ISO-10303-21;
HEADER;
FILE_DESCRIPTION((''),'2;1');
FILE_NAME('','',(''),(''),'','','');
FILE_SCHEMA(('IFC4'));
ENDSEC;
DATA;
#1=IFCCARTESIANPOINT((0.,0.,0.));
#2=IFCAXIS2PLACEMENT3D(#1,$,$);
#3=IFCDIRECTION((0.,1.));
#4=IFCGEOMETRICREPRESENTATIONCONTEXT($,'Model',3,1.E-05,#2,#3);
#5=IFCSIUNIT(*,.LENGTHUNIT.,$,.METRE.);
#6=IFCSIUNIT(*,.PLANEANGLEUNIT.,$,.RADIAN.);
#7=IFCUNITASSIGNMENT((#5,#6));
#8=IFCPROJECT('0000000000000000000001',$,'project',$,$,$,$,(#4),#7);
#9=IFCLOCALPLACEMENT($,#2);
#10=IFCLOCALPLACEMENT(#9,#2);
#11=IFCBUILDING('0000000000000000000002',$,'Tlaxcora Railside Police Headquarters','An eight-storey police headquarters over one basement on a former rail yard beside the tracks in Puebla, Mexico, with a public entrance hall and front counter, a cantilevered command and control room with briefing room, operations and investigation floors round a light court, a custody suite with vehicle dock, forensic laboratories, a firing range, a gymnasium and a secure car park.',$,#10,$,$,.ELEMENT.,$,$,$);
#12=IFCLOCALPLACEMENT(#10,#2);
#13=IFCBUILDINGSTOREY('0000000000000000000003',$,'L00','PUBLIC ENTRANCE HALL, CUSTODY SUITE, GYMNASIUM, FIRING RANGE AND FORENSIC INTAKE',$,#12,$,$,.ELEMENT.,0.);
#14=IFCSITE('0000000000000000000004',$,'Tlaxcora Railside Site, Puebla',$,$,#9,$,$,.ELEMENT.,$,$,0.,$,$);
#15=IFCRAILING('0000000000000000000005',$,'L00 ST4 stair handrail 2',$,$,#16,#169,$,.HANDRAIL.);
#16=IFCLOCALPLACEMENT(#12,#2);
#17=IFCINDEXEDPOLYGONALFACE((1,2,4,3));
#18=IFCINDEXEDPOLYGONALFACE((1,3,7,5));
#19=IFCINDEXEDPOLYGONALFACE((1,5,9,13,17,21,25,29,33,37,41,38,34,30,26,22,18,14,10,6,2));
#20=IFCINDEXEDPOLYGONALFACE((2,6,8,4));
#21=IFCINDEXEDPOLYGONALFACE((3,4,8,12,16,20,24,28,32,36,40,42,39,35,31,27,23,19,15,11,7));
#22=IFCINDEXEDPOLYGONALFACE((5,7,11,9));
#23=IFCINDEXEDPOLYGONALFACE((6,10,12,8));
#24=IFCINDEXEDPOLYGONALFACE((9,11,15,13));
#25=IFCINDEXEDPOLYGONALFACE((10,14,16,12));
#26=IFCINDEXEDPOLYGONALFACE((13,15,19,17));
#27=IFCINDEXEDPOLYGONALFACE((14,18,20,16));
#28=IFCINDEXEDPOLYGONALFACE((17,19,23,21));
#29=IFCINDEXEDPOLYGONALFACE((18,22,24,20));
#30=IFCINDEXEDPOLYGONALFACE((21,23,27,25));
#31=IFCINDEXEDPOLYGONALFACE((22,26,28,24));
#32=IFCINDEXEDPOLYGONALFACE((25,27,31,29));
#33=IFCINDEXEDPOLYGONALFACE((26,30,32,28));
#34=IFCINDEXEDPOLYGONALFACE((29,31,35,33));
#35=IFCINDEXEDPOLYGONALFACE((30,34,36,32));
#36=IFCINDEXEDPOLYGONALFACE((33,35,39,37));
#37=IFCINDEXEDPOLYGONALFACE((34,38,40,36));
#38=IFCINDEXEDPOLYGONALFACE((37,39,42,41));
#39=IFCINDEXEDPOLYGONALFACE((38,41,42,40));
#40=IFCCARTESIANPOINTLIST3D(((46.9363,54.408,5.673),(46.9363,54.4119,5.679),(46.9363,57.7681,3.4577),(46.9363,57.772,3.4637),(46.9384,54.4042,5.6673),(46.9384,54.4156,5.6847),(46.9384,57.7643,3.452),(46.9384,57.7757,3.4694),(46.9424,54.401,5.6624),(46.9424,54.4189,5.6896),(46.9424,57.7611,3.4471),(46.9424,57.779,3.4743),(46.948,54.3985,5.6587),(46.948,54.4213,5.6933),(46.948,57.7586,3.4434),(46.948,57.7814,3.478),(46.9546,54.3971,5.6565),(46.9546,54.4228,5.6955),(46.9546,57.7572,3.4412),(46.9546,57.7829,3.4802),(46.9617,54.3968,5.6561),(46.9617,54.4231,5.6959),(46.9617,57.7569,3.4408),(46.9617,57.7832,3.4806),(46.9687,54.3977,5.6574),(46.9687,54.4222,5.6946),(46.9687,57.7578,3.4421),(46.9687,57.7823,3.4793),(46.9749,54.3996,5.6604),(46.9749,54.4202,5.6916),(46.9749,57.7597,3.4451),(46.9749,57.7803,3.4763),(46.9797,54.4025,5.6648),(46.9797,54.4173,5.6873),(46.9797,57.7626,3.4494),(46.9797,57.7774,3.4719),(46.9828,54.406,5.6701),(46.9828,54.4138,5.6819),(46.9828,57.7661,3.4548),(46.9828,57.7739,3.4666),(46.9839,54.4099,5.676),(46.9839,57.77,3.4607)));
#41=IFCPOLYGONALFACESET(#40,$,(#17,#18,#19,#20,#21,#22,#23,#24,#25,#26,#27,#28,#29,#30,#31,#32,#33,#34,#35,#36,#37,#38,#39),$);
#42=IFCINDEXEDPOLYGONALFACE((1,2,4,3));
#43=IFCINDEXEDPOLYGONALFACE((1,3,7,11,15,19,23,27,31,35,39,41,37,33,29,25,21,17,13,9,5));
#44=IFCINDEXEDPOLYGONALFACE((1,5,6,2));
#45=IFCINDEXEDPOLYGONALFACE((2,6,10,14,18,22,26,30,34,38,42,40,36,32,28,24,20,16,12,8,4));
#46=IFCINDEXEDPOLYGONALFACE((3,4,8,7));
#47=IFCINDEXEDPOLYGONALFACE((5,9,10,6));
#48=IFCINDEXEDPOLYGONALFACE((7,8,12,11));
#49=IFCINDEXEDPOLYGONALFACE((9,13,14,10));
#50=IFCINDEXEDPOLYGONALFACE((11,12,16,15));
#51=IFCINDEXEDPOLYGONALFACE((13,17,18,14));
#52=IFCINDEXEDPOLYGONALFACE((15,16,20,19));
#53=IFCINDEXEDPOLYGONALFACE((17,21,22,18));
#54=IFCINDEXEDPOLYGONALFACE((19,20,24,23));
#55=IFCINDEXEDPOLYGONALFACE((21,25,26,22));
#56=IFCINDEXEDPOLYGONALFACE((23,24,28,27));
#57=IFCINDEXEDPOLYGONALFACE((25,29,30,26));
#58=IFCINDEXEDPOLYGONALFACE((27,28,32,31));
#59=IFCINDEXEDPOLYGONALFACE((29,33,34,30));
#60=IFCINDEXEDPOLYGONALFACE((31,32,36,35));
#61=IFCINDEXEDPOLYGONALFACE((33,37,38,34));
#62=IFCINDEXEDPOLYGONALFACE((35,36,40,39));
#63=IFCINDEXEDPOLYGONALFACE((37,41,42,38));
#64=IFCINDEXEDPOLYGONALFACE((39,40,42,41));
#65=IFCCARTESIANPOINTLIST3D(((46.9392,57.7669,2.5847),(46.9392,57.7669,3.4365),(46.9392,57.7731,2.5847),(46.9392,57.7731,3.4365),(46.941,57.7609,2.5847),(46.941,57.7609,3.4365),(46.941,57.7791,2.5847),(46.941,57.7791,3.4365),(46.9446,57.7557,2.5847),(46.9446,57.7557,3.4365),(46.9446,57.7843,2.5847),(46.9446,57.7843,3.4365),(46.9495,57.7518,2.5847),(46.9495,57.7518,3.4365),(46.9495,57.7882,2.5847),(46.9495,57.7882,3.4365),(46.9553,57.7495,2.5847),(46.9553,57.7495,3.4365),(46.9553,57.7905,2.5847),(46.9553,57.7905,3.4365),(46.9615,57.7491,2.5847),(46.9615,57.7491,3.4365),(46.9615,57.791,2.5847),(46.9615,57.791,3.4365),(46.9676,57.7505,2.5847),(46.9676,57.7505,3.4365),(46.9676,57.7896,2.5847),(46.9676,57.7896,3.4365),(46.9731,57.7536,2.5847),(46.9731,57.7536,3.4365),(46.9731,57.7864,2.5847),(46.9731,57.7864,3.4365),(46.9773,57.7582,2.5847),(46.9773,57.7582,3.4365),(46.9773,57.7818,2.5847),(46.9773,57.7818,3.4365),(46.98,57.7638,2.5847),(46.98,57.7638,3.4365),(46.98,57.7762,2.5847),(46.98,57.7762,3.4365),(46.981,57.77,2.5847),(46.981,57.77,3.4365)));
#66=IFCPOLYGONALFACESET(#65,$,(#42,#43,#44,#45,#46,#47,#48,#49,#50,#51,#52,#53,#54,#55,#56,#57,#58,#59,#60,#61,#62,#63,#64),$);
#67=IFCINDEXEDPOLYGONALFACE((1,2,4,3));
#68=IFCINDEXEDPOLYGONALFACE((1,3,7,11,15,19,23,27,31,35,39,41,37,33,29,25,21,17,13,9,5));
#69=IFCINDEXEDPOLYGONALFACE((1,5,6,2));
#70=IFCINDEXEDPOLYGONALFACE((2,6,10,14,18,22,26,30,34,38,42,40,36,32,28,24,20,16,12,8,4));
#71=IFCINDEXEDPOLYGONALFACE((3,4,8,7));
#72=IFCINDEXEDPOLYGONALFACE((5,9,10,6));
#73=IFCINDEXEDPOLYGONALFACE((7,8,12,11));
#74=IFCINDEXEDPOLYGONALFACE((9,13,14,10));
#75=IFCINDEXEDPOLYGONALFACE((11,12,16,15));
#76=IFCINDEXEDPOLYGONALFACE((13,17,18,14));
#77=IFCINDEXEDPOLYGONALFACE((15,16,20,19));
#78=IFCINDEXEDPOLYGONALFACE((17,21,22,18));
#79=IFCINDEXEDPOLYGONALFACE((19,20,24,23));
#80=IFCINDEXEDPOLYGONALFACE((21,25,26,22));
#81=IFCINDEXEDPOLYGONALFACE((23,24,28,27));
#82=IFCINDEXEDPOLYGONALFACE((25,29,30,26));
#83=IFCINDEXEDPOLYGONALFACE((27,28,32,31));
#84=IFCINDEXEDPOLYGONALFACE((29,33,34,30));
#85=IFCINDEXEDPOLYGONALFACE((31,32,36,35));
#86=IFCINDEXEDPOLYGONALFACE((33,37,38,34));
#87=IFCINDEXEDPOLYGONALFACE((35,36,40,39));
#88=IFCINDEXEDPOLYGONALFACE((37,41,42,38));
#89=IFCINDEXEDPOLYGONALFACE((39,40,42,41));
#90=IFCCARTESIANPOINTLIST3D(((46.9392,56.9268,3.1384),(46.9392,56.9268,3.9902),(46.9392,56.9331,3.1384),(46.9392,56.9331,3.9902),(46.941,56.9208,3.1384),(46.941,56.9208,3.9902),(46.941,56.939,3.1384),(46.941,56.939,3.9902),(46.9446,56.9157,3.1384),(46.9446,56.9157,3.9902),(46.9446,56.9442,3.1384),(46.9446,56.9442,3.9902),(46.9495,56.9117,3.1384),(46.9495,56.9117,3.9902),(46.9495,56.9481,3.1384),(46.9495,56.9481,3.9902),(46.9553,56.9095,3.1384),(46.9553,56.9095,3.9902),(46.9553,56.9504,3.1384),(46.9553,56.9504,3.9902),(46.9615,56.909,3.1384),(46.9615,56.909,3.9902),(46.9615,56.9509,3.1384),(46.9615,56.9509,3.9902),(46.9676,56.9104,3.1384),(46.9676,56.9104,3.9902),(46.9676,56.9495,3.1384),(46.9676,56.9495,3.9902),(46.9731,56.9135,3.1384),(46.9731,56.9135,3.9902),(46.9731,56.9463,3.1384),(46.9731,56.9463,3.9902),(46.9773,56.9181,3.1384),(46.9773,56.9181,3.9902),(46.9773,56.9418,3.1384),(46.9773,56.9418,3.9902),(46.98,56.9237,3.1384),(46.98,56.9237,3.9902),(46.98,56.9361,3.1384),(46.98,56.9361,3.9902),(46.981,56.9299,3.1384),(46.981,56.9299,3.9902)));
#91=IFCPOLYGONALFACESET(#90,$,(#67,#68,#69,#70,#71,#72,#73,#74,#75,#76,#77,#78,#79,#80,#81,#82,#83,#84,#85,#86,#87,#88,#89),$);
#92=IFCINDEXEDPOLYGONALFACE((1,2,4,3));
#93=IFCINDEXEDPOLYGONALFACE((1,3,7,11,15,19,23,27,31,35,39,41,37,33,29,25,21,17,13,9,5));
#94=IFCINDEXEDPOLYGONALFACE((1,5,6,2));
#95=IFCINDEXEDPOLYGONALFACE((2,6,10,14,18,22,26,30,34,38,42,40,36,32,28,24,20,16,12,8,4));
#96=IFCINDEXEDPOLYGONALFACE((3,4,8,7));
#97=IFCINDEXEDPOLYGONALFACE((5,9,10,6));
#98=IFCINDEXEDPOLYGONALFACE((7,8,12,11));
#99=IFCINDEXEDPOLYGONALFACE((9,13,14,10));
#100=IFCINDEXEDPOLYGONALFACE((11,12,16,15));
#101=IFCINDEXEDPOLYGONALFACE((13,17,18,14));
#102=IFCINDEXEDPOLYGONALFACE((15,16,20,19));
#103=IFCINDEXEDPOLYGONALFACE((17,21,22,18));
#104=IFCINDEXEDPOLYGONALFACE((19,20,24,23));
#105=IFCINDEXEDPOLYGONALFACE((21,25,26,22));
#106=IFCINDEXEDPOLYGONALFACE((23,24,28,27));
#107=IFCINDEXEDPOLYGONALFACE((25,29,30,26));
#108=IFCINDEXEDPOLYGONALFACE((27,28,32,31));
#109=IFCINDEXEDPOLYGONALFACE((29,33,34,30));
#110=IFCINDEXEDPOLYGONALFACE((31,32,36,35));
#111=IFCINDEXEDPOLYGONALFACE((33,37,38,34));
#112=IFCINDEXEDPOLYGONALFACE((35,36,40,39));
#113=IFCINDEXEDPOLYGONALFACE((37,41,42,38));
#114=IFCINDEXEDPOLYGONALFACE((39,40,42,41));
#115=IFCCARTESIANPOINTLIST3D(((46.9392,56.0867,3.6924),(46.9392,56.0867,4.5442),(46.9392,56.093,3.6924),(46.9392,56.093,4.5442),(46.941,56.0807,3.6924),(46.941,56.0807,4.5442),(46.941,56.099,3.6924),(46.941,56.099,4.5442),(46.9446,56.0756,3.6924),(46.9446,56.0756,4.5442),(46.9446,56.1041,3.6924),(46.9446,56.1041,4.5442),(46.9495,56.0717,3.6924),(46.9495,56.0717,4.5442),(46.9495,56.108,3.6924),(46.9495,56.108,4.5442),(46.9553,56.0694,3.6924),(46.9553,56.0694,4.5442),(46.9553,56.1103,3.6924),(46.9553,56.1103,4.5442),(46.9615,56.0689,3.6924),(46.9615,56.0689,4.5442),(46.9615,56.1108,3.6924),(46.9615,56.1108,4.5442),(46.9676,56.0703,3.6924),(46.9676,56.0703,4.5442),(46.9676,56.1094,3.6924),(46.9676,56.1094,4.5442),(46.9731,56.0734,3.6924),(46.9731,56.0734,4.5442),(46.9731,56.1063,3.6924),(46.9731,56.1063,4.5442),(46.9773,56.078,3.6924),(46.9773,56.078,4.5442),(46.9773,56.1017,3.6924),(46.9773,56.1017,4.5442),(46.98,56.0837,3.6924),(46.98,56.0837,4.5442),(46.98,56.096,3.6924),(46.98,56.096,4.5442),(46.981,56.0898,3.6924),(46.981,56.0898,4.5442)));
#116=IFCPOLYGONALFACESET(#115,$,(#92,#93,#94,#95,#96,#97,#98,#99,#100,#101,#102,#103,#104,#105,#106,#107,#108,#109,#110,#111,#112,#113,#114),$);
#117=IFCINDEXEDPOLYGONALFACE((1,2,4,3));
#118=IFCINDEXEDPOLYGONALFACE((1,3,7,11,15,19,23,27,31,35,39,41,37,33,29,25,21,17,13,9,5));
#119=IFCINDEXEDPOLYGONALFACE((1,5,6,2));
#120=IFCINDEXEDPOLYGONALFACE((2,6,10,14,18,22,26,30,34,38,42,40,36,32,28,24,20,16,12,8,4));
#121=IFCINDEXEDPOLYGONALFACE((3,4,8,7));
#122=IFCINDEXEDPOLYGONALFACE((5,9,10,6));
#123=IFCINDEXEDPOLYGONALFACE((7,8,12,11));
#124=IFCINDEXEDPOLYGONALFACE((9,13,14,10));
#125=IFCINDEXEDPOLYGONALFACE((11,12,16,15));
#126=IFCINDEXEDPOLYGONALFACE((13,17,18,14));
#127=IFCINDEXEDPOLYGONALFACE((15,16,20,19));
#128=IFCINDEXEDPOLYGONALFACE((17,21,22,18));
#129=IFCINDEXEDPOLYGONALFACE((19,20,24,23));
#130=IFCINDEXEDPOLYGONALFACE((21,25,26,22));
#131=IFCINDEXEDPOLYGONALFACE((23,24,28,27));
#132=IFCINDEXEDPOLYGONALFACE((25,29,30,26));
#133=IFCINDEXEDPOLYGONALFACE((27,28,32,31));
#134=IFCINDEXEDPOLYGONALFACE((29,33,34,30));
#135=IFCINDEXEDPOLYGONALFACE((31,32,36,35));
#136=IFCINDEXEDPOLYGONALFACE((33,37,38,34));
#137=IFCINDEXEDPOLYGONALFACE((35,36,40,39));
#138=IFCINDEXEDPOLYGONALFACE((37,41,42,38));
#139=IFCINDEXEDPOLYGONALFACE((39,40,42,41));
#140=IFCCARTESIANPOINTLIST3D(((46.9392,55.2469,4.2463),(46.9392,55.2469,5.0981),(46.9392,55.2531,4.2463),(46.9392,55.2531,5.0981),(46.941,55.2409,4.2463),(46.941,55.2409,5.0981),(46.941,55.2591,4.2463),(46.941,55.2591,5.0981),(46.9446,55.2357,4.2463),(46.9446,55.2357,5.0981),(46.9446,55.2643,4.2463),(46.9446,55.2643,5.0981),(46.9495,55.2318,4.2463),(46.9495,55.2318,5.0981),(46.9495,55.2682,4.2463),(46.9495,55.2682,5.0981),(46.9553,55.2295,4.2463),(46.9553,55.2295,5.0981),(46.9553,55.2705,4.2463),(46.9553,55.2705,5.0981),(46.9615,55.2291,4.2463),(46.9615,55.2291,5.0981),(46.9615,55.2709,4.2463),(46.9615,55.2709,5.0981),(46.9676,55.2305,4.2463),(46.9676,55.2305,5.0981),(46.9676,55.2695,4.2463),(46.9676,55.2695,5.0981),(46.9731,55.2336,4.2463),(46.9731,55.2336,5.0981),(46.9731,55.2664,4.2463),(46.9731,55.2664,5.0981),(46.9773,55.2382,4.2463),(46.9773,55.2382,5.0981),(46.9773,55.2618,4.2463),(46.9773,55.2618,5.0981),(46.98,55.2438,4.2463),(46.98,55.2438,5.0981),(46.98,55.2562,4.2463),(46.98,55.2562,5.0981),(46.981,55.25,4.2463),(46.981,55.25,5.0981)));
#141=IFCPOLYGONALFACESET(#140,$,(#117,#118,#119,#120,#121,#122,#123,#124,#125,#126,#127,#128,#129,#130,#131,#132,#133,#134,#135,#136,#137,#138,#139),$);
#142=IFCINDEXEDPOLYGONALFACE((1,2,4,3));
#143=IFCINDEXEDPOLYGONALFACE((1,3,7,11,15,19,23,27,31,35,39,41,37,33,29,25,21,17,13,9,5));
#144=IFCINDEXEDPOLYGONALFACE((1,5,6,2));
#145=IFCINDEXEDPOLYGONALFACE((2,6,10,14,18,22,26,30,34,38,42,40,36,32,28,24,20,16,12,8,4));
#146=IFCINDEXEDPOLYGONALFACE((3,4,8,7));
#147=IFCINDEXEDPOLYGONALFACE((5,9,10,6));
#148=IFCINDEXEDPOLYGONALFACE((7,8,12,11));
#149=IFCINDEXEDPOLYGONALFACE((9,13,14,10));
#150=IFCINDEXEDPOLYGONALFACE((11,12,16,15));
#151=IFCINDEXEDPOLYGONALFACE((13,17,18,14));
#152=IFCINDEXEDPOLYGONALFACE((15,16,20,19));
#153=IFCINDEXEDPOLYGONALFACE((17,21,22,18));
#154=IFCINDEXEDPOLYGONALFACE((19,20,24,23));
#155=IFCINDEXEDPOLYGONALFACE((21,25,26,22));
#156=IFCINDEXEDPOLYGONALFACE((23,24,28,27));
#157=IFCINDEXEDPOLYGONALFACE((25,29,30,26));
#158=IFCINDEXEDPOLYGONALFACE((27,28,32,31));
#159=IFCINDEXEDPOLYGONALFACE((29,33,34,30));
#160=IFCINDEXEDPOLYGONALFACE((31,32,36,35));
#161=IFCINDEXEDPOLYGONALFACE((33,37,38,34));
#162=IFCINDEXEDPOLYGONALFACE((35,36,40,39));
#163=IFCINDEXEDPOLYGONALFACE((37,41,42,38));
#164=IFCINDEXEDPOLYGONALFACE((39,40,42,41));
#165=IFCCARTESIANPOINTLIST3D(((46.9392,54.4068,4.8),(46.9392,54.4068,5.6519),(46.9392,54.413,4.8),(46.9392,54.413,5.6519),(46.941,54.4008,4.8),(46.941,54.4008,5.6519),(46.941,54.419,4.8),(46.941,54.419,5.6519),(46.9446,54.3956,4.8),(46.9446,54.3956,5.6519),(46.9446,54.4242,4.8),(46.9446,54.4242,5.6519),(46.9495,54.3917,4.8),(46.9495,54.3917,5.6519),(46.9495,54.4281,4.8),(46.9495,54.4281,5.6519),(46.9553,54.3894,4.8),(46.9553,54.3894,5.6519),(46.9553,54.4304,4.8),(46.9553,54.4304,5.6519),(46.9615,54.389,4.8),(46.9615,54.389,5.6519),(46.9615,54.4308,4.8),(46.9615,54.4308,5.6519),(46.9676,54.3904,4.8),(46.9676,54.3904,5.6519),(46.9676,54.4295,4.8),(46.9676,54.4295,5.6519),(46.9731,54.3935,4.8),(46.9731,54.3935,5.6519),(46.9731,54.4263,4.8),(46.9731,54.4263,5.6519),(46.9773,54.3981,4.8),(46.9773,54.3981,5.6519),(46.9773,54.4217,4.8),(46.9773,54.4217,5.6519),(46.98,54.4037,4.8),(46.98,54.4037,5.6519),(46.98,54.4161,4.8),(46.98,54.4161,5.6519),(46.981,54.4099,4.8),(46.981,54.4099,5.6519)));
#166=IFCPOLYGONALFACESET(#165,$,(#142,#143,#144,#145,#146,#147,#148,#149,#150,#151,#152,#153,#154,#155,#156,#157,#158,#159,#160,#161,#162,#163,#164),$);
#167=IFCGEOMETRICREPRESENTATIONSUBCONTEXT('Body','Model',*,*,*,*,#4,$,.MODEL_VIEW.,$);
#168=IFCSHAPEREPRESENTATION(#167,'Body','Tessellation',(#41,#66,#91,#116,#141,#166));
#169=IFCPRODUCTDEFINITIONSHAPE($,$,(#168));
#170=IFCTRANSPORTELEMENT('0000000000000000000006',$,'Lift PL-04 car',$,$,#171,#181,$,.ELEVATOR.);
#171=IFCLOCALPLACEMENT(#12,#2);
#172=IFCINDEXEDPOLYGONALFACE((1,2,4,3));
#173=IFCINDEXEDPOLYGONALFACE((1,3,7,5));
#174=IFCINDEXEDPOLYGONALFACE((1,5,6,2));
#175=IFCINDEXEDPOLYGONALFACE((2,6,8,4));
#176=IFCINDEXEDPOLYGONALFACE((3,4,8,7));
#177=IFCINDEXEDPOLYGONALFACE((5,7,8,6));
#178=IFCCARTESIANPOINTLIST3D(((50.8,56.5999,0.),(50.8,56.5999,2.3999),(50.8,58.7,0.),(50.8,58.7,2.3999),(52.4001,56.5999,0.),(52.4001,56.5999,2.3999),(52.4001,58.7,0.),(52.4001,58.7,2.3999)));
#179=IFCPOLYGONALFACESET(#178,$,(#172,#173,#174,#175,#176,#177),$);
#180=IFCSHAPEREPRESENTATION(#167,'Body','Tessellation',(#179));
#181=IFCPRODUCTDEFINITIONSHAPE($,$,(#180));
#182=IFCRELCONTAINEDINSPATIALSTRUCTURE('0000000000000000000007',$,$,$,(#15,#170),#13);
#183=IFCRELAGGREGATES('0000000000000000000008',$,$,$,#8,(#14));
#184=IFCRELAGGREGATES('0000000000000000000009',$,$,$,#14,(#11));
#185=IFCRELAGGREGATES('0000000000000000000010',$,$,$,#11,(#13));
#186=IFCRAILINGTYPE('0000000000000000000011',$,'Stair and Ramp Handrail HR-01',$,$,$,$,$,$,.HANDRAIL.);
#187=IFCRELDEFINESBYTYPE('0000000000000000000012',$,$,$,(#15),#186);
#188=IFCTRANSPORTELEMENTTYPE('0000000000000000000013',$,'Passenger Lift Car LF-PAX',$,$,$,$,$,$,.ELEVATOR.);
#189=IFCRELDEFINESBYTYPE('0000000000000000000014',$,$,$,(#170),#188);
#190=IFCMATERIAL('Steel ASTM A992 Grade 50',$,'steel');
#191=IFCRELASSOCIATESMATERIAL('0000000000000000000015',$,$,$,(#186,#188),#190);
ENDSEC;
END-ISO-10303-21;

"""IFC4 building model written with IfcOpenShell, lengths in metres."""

from ifc_helpers import new_model, si_unit, direction, frame, origin, origin_2d, place, context, subcontext, project, spatial, rectangle, circle, extrude, material, type_object, element, save


model = new_model("IFC4")

# Units and contexts
model_context = context("Model", 3, precision=1e-05, world=origin(), true_north=direction((0.0, 1.0)))
body_context = subcontext(model_context, "Body", "Model", "MODEL_VIEW")
ifc_project = project(units=[si_unit("LENGTHUNIT", "METRE"), si_unit("PLANEANGLEUNIT", "RADIAN")], contexts=[model_context])

# Site, building, storey
site_placement = place(None, origin())
site = spatial("IfcSite", under=ifc_project, at=site_placement, Name="Tlaxcora Railside Site, Puebla", CompositionType="ELEMENT", RefElevation=0.0)
building_placement = place(site_placement, origin())
building = spatial("IfcBuilding", under=site, at=building_placement, Name="Tlaxcora Railside Police Headquarters", Description="An eight-storey police headquarters over one basement on a former rail yard beside the tracks in Puebla, Mexico, with a public entrance hall and front counter, a cantilevered command and control room with briefing room, operations and investigation floors round a light court, a custody suite with vehicle dock, forensic laboratories, a firing range, a gymnasium and a secure car park.", CompositionType="ELEMENT")
storey_placement = place(building_placement, origin())
storey = spatial("IfcBuildingStorey", under=building, at=storey_placement, Name="L00", Description="PUBLIC ENTRANCE HALL, CUSTODY SUITE, GYMNASIUM, FIRING RANGE AND FORENSIC INTAKE", CompositionType="ELEMENT", Elevation=0.0)

# Shared definitions
ifc_material_1 = material(Name="Steel ASTM A992 Grade 50", Category="steel")

# Railing
railing_type_1 = type_object("IfcRailingType", Name="Stair and Ramp Handrail HR-01", PredefinedType="HANDRAIL", material=ifc_material_1)
railing_1_placement = place(storey_placement, frame((46.96, 57.77, 2.5847)))
element("IfcRailing", 1, at=railing_1_placement, inside=storey, type_object=railing_type_1, Name="L00 ST4 stair handrail 2", PredefinedType="HANDRAIL", context=body_context, shape_type="SweptSolid", body=[
    extrude(circle(Radius=0.0239, at=origin_2d()), frame((0.0, 0.0, 0.876), z_axis=(0.0, -0.834876, 0.550437), x_axis=(1.0, 0.0, 0.0)), (0.0, 0.0, 1.0), 4.0247),
    extrude(circle(Radius=0.021, at=origin_2d()), origin(), (0.0, 0.0, 1.0), 0.8518),
    extrude(circle(Radius=0.021, at=origin_2d()), frame((0.0, -0.8401, 0.5537)), (0.0, 0.0, 1.0), 0.8518),
    extrude(circle(Radius=0.021, at=origin_2d()), frame((0.0, -1.6802, 1.1077)), (0.0, 0.0, 1.0), 0.8518),
    extrude(circle(Radius=0.021, at=origin_2d()), frame((0.0, -2.52, 1.6616)), (0.0, 0.0, 1.0), 0.8518),
    extrude(circle(Radius=0.021, at=origin_2d()), frame((0.0, -3.3601, 2.2153)), (0.0, 0.0, 1.0), 0.8518),
])

# Transport element
transport_element_type = type_object("IfcTransportElementType", Name="Passenger Lift Car LF-PAX", PredefinedType="ELEVATOR", material=ifc_material_1)
transport_element_placement = place(storey_placement, frame((51.6001, 57.6499, 0.0), z_axis=(0.0, 0.0, 1.0), x_axis=(1.0, 0.0, 0.0)))
element("IfcTransportElement", 2, at=transport_element_placement, inside=storey, type_object=transport_element_type, Name="Lift PL-04 car", PredefinedType="ELEVATOR", context=body_context, shape_type="SweptSolid", body=[
    extrude(rectangle(XDim=1.6001, YDim=2.1001, at=origin_2d()), origin(), (0.0, 0.0, 1.0), 2.3999),
])

save(model, "model.ifc")
